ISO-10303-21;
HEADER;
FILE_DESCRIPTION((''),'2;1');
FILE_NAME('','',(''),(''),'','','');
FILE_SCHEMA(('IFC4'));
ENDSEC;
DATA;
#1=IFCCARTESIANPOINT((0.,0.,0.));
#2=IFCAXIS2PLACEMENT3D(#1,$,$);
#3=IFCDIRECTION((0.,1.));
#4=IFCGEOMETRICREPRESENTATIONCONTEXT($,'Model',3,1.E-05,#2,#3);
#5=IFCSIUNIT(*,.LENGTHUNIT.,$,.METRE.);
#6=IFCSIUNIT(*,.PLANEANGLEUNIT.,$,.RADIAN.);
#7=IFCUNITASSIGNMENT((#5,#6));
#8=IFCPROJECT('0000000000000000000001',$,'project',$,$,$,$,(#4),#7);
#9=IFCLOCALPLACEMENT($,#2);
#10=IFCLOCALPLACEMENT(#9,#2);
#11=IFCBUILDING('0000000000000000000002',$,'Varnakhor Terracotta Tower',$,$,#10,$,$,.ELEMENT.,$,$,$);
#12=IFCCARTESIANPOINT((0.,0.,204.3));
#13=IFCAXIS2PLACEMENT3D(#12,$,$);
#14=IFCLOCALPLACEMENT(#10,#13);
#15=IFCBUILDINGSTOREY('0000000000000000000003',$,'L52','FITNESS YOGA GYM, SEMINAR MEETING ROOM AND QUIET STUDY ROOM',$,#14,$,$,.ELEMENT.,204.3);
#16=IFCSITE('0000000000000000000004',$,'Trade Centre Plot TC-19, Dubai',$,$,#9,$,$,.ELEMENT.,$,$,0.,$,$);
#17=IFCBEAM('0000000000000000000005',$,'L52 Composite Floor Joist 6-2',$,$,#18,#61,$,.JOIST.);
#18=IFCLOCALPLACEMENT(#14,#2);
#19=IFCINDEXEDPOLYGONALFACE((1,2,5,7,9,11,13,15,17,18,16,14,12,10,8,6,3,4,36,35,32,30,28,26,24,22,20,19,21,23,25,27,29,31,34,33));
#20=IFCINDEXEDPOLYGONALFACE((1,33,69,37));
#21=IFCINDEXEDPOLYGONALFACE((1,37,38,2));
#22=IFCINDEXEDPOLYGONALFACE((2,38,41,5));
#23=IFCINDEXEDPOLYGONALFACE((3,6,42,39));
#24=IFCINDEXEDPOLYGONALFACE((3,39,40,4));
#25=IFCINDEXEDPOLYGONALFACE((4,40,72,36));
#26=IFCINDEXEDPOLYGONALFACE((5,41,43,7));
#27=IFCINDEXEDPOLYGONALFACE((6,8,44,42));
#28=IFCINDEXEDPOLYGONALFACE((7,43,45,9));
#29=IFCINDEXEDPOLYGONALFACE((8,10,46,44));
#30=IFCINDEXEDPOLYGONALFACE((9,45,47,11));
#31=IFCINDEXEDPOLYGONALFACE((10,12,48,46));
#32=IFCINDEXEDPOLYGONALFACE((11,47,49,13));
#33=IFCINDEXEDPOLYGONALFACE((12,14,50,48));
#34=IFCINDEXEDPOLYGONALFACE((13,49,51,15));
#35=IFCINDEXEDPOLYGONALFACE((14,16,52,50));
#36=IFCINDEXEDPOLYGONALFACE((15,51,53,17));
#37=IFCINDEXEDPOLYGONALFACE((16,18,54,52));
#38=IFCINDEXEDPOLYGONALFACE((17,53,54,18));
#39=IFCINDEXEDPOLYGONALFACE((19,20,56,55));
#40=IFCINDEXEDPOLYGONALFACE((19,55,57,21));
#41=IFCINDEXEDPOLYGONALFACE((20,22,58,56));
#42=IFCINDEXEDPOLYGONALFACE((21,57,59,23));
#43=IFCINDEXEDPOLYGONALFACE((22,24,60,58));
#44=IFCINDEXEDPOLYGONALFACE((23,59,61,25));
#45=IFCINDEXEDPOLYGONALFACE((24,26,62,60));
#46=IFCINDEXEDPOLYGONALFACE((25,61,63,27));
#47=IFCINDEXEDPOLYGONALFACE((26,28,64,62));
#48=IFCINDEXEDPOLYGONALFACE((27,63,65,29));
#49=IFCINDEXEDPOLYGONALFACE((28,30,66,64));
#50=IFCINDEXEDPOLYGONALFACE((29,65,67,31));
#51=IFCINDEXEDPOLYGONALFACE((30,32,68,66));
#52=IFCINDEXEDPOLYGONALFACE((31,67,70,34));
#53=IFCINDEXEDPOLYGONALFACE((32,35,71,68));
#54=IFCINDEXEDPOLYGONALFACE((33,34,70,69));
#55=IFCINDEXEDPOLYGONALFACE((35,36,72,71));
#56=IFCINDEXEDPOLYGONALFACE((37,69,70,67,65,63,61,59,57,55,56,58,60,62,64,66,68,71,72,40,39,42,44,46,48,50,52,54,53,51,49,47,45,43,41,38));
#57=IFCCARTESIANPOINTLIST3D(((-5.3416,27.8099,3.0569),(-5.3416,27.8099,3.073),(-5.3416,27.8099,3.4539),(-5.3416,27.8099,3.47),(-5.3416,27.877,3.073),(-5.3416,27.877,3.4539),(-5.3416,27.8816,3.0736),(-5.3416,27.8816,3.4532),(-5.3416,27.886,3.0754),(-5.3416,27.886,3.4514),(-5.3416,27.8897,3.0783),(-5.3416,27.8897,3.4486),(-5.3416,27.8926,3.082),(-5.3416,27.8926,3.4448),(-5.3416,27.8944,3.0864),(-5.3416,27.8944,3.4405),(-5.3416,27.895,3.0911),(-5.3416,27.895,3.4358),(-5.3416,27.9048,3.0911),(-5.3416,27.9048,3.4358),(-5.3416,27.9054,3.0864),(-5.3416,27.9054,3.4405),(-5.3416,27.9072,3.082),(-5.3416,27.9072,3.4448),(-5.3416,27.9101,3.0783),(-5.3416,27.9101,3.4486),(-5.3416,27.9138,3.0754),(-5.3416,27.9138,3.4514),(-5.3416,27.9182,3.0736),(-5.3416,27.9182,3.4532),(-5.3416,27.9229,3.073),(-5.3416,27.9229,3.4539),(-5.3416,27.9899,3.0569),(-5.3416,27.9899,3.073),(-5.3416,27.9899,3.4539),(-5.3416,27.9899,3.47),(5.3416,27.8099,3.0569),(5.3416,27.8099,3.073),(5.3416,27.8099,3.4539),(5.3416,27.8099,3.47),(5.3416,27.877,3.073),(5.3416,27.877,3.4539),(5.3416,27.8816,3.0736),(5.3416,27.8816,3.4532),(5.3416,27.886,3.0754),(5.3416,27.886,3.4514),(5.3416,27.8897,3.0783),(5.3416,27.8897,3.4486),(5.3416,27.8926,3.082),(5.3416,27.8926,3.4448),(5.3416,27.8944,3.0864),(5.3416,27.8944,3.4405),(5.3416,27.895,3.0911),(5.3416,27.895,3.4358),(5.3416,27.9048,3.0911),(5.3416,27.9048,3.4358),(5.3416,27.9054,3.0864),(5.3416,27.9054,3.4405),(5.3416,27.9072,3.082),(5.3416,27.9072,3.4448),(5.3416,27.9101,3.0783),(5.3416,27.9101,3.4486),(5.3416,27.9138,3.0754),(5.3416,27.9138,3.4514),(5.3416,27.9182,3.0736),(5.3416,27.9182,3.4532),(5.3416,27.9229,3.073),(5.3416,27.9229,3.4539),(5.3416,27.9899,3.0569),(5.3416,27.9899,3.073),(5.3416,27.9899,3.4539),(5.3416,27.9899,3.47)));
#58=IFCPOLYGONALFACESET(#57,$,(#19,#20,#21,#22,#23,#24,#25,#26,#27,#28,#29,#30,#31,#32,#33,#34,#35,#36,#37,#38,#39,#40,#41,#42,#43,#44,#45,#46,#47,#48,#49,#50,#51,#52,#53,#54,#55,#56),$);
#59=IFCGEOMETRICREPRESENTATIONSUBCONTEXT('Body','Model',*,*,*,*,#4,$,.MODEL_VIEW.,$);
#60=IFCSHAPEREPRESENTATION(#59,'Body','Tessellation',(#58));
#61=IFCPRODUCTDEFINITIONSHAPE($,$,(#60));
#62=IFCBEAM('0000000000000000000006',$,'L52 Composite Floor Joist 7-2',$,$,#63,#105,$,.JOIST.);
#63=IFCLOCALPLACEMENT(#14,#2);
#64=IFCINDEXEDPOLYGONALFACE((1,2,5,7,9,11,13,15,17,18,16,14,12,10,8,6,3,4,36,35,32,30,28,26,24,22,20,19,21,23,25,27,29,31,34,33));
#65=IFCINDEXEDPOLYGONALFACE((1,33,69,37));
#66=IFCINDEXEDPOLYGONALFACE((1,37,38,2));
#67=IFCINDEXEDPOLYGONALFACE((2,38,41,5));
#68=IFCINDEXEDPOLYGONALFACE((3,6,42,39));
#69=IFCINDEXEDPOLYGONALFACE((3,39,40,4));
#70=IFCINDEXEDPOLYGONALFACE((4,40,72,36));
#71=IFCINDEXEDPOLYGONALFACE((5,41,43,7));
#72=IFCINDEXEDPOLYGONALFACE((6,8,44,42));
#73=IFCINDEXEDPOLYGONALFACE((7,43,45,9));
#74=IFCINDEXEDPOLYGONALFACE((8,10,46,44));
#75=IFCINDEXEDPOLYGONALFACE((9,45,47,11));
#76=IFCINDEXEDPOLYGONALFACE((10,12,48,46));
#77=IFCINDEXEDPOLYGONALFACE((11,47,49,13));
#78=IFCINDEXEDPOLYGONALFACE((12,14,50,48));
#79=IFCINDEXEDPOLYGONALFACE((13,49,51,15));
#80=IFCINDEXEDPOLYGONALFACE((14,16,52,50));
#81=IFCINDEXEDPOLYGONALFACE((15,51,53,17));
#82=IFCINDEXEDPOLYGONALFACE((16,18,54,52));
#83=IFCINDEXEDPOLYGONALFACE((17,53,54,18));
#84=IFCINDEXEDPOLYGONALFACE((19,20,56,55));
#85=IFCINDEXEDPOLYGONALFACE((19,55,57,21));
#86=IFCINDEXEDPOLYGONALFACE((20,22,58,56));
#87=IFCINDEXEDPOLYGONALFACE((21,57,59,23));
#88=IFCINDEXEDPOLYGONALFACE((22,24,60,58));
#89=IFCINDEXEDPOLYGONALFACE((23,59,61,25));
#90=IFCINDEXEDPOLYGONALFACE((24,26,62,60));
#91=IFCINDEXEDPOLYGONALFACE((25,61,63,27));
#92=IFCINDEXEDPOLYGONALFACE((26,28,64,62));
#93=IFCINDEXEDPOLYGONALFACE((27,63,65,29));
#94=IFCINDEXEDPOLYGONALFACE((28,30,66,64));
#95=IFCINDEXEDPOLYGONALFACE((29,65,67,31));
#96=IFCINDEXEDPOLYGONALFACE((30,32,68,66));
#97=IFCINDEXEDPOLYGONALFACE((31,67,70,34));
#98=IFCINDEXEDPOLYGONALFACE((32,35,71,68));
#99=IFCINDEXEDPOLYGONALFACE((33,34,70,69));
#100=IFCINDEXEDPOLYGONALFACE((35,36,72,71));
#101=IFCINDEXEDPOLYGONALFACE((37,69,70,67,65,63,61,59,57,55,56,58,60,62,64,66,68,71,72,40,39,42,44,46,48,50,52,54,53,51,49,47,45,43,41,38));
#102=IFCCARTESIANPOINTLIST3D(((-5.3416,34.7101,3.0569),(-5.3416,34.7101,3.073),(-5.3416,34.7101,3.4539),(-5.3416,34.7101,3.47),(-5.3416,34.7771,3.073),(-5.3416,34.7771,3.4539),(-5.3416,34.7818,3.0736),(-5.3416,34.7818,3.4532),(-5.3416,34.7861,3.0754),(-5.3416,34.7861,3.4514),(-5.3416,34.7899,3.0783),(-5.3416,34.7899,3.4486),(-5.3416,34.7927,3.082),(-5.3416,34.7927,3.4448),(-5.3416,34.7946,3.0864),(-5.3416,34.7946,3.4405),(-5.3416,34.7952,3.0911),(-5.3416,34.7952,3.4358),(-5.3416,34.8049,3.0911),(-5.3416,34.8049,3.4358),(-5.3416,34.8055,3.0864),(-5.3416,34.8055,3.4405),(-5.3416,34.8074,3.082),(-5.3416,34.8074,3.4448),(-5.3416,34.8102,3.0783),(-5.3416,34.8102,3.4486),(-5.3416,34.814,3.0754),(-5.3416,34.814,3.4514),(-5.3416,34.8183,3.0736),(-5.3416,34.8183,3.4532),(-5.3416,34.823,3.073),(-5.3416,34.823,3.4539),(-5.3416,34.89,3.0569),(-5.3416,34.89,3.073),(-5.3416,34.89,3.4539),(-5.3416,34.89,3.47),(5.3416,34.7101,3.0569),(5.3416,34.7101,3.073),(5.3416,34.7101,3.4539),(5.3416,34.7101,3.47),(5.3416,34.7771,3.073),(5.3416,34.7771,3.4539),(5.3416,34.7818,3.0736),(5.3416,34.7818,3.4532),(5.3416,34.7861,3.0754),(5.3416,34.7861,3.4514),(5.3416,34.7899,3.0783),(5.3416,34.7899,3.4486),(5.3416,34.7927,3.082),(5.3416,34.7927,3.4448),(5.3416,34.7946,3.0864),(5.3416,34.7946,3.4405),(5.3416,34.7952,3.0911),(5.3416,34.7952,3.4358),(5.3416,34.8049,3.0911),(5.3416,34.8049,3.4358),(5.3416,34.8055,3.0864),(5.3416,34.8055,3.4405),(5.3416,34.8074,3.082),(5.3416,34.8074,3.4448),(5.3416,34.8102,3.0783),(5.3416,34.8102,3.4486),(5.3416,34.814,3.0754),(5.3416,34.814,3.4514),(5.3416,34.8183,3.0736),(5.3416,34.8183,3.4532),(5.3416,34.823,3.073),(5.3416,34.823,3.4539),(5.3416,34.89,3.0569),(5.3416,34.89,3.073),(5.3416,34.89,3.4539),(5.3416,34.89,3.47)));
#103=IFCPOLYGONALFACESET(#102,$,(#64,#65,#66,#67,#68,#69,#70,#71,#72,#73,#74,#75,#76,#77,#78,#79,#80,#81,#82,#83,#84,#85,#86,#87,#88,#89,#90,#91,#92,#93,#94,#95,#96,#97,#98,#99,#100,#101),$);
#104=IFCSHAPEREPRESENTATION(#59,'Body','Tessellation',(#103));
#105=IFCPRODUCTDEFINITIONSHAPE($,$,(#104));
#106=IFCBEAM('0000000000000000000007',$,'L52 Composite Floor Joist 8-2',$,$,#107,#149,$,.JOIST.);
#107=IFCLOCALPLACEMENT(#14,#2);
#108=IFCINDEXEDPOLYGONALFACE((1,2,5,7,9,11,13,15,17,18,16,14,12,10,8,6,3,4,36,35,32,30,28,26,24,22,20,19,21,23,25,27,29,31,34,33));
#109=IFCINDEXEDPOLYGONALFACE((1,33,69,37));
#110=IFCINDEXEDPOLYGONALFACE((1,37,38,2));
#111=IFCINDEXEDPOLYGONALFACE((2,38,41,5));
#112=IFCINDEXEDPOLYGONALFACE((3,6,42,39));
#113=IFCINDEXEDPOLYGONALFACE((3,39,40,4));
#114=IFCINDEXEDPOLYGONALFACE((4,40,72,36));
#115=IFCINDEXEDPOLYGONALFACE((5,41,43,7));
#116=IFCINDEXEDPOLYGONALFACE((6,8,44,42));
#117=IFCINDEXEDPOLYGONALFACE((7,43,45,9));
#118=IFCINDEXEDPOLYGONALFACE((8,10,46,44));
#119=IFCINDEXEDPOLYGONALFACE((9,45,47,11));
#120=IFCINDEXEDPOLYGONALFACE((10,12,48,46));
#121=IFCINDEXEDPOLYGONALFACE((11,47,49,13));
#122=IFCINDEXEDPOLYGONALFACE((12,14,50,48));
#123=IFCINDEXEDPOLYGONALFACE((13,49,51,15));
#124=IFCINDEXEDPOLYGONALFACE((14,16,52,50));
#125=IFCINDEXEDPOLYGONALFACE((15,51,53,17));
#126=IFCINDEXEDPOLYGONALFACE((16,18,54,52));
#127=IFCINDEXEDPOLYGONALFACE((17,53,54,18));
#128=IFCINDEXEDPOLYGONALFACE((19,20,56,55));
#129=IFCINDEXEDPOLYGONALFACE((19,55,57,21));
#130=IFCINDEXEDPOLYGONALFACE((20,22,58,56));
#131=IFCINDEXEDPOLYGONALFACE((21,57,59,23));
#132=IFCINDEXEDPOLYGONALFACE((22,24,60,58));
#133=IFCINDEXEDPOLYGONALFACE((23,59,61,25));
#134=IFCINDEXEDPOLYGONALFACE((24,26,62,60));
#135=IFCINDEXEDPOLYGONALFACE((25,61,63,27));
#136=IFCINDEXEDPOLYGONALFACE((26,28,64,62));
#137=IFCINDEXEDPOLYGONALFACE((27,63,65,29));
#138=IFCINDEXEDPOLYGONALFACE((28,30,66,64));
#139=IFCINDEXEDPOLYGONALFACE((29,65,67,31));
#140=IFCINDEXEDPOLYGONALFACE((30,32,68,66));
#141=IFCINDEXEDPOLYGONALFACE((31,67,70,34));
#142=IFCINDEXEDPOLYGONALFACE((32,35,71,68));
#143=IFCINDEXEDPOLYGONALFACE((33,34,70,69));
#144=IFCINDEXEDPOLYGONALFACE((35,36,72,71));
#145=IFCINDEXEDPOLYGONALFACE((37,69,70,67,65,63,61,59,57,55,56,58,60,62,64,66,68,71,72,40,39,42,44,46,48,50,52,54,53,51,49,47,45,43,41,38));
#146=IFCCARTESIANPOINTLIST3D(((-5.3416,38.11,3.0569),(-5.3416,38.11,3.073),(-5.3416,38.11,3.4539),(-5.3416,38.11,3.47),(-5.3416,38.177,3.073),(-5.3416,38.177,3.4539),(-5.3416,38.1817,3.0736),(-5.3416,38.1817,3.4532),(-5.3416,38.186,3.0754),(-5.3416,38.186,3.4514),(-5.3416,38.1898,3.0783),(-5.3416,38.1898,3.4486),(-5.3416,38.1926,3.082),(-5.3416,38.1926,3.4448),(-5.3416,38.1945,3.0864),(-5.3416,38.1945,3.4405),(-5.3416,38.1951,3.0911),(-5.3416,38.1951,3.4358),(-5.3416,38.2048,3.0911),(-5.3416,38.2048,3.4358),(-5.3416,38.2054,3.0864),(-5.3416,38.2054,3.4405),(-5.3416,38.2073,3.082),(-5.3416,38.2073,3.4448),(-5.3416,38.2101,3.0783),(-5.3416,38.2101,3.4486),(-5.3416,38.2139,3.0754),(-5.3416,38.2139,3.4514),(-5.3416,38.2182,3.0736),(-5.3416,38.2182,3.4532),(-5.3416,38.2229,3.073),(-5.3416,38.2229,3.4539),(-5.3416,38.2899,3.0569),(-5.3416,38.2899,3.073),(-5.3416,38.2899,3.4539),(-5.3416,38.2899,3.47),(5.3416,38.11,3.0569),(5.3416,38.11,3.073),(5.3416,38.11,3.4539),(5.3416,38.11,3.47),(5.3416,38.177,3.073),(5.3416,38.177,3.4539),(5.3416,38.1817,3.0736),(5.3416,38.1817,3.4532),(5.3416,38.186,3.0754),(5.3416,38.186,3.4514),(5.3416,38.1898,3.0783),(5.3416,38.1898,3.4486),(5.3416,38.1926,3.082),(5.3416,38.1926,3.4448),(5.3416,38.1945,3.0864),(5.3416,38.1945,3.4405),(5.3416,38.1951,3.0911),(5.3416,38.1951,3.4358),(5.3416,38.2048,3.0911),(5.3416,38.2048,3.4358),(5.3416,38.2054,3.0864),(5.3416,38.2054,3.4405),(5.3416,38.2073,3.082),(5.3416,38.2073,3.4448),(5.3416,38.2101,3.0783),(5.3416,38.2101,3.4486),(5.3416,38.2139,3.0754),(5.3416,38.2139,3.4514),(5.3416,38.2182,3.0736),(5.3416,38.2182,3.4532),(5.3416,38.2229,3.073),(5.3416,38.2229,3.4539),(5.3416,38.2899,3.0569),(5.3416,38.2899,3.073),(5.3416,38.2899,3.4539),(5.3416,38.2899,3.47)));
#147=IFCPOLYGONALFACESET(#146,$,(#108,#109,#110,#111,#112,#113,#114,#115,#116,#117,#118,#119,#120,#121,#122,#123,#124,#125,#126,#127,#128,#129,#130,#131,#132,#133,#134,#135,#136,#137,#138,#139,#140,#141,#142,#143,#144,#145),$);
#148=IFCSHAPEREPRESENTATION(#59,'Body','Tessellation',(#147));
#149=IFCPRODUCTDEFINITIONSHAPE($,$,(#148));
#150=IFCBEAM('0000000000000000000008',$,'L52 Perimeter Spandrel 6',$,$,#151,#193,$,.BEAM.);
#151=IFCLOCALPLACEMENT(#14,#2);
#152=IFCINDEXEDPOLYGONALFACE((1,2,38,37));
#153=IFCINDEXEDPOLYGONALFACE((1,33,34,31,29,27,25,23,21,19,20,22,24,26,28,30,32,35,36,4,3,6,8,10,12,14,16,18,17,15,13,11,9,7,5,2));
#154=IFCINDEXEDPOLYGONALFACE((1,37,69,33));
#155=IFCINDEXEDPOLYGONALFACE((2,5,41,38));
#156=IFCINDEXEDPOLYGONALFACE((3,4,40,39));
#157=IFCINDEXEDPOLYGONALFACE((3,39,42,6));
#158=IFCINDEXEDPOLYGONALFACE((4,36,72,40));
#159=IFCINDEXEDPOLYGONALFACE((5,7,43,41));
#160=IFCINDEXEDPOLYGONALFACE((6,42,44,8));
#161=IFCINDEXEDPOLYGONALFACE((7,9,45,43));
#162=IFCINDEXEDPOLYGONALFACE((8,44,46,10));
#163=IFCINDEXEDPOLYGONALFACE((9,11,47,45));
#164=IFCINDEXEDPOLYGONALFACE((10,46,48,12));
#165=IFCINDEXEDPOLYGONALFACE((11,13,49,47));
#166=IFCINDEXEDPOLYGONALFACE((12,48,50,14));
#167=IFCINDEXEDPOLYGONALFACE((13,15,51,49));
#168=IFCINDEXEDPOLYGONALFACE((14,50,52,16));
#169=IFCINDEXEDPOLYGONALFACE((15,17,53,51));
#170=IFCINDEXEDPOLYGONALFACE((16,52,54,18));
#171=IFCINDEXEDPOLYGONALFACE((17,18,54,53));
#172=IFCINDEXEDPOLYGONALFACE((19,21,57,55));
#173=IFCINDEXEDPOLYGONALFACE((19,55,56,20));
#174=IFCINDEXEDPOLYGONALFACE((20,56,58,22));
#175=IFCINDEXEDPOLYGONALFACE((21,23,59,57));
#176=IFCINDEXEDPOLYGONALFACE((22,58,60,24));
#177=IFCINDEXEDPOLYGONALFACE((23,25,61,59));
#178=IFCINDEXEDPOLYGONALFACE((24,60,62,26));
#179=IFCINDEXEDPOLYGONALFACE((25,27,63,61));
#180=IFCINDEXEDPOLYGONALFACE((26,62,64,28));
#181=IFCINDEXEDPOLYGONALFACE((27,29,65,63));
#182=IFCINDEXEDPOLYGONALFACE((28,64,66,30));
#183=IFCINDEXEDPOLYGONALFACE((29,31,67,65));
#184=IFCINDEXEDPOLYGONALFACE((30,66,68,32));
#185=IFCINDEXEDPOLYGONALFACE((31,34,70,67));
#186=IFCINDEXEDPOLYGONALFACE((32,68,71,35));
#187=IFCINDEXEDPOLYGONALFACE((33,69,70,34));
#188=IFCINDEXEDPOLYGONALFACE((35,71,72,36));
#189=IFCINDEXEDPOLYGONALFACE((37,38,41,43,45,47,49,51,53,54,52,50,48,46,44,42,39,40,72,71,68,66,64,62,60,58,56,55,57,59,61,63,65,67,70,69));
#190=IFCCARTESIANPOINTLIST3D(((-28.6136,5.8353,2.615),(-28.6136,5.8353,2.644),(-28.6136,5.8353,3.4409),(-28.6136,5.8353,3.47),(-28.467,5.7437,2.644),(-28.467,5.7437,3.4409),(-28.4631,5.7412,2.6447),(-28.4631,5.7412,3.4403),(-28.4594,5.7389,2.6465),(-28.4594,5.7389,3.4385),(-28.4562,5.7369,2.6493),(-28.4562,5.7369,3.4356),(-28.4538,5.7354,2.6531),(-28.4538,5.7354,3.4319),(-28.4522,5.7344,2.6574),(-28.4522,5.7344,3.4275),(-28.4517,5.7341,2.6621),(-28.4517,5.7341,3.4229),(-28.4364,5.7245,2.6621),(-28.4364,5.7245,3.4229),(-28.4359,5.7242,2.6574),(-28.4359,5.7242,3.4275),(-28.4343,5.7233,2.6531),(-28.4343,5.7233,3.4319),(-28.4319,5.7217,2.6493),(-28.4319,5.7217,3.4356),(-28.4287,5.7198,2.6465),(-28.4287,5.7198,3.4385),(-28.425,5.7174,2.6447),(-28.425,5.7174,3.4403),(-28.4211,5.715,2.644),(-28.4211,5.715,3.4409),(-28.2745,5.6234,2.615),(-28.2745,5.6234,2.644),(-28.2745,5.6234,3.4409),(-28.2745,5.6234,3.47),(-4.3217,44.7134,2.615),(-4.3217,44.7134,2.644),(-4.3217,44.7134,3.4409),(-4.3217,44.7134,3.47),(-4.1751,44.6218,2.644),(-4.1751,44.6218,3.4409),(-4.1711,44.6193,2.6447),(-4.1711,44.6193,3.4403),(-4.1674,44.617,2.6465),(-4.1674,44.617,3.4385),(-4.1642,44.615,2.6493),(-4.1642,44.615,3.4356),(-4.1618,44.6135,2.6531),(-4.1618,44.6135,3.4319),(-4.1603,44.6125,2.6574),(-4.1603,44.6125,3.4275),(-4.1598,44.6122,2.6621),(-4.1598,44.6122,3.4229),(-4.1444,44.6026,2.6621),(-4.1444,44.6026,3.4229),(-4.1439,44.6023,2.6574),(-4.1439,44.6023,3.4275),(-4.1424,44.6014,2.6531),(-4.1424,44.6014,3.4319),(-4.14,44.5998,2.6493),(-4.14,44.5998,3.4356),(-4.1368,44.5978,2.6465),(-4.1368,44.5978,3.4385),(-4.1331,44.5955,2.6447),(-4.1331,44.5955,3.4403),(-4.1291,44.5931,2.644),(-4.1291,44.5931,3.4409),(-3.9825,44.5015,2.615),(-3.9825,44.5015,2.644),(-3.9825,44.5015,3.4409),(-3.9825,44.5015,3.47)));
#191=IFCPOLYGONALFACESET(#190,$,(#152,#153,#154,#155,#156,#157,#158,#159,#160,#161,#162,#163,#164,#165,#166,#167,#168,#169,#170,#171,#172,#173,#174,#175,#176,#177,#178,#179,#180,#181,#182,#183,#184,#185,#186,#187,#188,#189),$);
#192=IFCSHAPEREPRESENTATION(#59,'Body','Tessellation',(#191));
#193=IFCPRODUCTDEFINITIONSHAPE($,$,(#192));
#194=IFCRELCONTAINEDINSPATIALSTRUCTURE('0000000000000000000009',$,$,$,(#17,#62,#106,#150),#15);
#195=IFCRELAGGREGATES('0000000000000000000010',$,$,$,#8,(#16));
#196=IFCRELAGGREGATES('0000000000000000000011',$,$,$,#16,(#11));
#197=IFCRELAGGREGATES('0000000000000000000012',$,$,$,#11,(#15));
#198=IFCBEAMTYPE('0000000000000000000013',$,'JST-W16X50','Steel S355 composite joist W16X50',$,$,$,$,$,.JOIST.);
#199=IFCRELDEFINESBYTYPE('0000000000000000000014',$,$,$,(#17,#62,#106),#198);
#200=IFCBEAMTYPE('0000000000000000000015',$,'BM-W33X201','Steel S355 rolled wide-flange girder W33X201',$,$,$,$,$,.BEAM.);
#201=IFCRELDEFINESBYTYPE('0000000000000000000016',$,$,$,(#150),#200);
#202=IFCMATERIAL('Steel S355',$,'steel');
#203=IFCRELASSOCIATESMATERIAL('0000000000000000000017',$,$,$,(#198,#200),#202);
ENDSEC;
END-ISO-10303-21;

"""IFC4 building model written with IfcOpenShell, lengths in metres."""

from ifc_helpers import new_model, si_unit, direction, frame, origin, origin_2d, place, context, subcontext, project, spatial, i_section, extrude, source, transform, mapped, material, material_profile, profile_set, type_object, element, save


model = new_model("IFC4")

# Units and contexts
model_context = context("Model", 3, precision=1e-05, world=origin(), true_north=direction((0.0, 1.0)))
body_context = subcontext(model_context, "Body", "Model", "MODEL_VIEW")
ifc_project = project(units=[si_unit("LENGTHUNIT", "METRE"), si_unit("PLANEANGLEUNIT", "RADIAN")], contexts=[model_context])

# Site, building, storey
site_placement = place(None, origin())
site = spatial("IfcSite", under=ifc_project, at=site_placement, Name="Trade Centre Plot TC-19, Dubai", CompositionType="ELEMENT", RefElevation=0.0)
building_placement = place(site_placement, origin())
building = spatial("IfcBuilding", under=site, at=building_placement, Name="Varnakhor Terracotta Tower", CompositionType="ELEMENT")
storey_placement = place(building_placement, frame((0.0, 0.0, 204.3)))
storey = spatial("IfcBuildingStorey", under=building, at=storey_placement, Name="L52", Description="FITNESS YOGA GYM, SEMINAR MEETING ROOM AND QUIET STUDY ROOM", CompositionType="ELEMENT", Elevation=204.3)

# Beams
ifc_material_1 = material(Name="Steel S355", Category="steel")
ifc_material_profile_1 = material_profile(ifc_material_1, i_section(OverallWidth=0.1799, OverallDepth=0.4131, WebThickness=0.0098, FlangeThickness=0.0161, FilletRadius=0.0181, at=origin_2d()), Name="W16X50")
ifc_profile_set_1 = profile_set([ifc_material_profile_1], Name="Steel S355")
beam_type_1 = type_object("IfcBeamType", Name="JST-W16X50", Description="Steel S355 composite joist W16X50", PredefinedType="JOIST", material=ifc_profile_set_1)
shared_shape_1 = source(origin(), body_context, "Body", "SweptSolid", [
    extrude(i_section(OverallWidth=0.1799, OverallDepth=0.4131, WebThickness=0.0098, FlangeThickness=0.0161, FilletRadius=0.0181, at=origin_2d()), origin(), (0.0, 0.0, 1.0), 10.6831),
])
for number, where, z_axis, x_axis, name in (
    (1, (-5.3416, 27.8999, 3.2634), (1.0, 0.0, 0.0), (0.0, 1.0, 0.0), "L52 Composite Floor Joist 6-2"),
    (2, (-5.3416, 34.8, 3.2634), (1.0, 0.0, 0.0), (0.0, 1.0, 0.0), "L52 Composite Floor Joist 7-2"),
    (3, (-5.3416, 38.2, 3.2634), (1.0, 0.0, 0.0), (0.0, 1.0, 0.0), "L52 Composite Floor Joist 8-2"),
):
    element("IfcBeam", number, at=place(storey_placement, frame(where, z_axis=z_axis, x_axis=x_axis)), inside=storey, type_object=beam_type_1, Name=name, PredefinedType="JOIST", context=body_context, shape_type="MappedRepresentation", body=[
        mapped(shared_shape_1, transform((0.0, 0.0, 0.0), scale=1.0)),
    ])
ifc_material_profile_2 = material_profile(ifc_material_1, i_section(OverallWidth=0.3999, OverallDepth=0.855, WebThickness=0.0181, FlangeThickness=0.0291, FilletRadius=0.0181, at=origin_2d()), Name="W33X201")
ifc_profile_set_2 = profile_set([ifc_material_profile_2], Name="Steel S355")
beam_type_2 = type_object("IfcBeamType", Name="BM-W33X201", Description="Steel S355 rolled wide-flange girder W33X201", PredefinedType="BEAM", material=ifc_profile_set_2)
shared_shape_2 = source(origin(), body_context, "Body", "SweptSolid", [
    extrude(i_section(OverallWidth=0.3999, OverallDepth=0.855, WebThickness=0.0181, FlangeThickness=0.0291, FilletRadius=0.0181, at=origin_2d()), origin(), (0.0, 0.0, 1.0), 45.8433),
])
beam_1_placement = place(storey_placement, frame((-4.1521, 44.6074, 3.0425), z_axis=(-0.529891, -0.848066, 0.0), x_axis=(0.848066, -0.529891, 0.0)))
element("IfcBeam", 4, at=beam_1_placement, inside=storey, type_object=beam_type_2, Name="L52 Perimeter Spandrel 6", PredefinedType="BEAM", context=body_context, shape_type="MappedRepresentation", body=[
    mapped(shared_shape_2, transform((0.0, 0.0, 0.0), scale=1.0)),
])

save(model, "model.ifc")
